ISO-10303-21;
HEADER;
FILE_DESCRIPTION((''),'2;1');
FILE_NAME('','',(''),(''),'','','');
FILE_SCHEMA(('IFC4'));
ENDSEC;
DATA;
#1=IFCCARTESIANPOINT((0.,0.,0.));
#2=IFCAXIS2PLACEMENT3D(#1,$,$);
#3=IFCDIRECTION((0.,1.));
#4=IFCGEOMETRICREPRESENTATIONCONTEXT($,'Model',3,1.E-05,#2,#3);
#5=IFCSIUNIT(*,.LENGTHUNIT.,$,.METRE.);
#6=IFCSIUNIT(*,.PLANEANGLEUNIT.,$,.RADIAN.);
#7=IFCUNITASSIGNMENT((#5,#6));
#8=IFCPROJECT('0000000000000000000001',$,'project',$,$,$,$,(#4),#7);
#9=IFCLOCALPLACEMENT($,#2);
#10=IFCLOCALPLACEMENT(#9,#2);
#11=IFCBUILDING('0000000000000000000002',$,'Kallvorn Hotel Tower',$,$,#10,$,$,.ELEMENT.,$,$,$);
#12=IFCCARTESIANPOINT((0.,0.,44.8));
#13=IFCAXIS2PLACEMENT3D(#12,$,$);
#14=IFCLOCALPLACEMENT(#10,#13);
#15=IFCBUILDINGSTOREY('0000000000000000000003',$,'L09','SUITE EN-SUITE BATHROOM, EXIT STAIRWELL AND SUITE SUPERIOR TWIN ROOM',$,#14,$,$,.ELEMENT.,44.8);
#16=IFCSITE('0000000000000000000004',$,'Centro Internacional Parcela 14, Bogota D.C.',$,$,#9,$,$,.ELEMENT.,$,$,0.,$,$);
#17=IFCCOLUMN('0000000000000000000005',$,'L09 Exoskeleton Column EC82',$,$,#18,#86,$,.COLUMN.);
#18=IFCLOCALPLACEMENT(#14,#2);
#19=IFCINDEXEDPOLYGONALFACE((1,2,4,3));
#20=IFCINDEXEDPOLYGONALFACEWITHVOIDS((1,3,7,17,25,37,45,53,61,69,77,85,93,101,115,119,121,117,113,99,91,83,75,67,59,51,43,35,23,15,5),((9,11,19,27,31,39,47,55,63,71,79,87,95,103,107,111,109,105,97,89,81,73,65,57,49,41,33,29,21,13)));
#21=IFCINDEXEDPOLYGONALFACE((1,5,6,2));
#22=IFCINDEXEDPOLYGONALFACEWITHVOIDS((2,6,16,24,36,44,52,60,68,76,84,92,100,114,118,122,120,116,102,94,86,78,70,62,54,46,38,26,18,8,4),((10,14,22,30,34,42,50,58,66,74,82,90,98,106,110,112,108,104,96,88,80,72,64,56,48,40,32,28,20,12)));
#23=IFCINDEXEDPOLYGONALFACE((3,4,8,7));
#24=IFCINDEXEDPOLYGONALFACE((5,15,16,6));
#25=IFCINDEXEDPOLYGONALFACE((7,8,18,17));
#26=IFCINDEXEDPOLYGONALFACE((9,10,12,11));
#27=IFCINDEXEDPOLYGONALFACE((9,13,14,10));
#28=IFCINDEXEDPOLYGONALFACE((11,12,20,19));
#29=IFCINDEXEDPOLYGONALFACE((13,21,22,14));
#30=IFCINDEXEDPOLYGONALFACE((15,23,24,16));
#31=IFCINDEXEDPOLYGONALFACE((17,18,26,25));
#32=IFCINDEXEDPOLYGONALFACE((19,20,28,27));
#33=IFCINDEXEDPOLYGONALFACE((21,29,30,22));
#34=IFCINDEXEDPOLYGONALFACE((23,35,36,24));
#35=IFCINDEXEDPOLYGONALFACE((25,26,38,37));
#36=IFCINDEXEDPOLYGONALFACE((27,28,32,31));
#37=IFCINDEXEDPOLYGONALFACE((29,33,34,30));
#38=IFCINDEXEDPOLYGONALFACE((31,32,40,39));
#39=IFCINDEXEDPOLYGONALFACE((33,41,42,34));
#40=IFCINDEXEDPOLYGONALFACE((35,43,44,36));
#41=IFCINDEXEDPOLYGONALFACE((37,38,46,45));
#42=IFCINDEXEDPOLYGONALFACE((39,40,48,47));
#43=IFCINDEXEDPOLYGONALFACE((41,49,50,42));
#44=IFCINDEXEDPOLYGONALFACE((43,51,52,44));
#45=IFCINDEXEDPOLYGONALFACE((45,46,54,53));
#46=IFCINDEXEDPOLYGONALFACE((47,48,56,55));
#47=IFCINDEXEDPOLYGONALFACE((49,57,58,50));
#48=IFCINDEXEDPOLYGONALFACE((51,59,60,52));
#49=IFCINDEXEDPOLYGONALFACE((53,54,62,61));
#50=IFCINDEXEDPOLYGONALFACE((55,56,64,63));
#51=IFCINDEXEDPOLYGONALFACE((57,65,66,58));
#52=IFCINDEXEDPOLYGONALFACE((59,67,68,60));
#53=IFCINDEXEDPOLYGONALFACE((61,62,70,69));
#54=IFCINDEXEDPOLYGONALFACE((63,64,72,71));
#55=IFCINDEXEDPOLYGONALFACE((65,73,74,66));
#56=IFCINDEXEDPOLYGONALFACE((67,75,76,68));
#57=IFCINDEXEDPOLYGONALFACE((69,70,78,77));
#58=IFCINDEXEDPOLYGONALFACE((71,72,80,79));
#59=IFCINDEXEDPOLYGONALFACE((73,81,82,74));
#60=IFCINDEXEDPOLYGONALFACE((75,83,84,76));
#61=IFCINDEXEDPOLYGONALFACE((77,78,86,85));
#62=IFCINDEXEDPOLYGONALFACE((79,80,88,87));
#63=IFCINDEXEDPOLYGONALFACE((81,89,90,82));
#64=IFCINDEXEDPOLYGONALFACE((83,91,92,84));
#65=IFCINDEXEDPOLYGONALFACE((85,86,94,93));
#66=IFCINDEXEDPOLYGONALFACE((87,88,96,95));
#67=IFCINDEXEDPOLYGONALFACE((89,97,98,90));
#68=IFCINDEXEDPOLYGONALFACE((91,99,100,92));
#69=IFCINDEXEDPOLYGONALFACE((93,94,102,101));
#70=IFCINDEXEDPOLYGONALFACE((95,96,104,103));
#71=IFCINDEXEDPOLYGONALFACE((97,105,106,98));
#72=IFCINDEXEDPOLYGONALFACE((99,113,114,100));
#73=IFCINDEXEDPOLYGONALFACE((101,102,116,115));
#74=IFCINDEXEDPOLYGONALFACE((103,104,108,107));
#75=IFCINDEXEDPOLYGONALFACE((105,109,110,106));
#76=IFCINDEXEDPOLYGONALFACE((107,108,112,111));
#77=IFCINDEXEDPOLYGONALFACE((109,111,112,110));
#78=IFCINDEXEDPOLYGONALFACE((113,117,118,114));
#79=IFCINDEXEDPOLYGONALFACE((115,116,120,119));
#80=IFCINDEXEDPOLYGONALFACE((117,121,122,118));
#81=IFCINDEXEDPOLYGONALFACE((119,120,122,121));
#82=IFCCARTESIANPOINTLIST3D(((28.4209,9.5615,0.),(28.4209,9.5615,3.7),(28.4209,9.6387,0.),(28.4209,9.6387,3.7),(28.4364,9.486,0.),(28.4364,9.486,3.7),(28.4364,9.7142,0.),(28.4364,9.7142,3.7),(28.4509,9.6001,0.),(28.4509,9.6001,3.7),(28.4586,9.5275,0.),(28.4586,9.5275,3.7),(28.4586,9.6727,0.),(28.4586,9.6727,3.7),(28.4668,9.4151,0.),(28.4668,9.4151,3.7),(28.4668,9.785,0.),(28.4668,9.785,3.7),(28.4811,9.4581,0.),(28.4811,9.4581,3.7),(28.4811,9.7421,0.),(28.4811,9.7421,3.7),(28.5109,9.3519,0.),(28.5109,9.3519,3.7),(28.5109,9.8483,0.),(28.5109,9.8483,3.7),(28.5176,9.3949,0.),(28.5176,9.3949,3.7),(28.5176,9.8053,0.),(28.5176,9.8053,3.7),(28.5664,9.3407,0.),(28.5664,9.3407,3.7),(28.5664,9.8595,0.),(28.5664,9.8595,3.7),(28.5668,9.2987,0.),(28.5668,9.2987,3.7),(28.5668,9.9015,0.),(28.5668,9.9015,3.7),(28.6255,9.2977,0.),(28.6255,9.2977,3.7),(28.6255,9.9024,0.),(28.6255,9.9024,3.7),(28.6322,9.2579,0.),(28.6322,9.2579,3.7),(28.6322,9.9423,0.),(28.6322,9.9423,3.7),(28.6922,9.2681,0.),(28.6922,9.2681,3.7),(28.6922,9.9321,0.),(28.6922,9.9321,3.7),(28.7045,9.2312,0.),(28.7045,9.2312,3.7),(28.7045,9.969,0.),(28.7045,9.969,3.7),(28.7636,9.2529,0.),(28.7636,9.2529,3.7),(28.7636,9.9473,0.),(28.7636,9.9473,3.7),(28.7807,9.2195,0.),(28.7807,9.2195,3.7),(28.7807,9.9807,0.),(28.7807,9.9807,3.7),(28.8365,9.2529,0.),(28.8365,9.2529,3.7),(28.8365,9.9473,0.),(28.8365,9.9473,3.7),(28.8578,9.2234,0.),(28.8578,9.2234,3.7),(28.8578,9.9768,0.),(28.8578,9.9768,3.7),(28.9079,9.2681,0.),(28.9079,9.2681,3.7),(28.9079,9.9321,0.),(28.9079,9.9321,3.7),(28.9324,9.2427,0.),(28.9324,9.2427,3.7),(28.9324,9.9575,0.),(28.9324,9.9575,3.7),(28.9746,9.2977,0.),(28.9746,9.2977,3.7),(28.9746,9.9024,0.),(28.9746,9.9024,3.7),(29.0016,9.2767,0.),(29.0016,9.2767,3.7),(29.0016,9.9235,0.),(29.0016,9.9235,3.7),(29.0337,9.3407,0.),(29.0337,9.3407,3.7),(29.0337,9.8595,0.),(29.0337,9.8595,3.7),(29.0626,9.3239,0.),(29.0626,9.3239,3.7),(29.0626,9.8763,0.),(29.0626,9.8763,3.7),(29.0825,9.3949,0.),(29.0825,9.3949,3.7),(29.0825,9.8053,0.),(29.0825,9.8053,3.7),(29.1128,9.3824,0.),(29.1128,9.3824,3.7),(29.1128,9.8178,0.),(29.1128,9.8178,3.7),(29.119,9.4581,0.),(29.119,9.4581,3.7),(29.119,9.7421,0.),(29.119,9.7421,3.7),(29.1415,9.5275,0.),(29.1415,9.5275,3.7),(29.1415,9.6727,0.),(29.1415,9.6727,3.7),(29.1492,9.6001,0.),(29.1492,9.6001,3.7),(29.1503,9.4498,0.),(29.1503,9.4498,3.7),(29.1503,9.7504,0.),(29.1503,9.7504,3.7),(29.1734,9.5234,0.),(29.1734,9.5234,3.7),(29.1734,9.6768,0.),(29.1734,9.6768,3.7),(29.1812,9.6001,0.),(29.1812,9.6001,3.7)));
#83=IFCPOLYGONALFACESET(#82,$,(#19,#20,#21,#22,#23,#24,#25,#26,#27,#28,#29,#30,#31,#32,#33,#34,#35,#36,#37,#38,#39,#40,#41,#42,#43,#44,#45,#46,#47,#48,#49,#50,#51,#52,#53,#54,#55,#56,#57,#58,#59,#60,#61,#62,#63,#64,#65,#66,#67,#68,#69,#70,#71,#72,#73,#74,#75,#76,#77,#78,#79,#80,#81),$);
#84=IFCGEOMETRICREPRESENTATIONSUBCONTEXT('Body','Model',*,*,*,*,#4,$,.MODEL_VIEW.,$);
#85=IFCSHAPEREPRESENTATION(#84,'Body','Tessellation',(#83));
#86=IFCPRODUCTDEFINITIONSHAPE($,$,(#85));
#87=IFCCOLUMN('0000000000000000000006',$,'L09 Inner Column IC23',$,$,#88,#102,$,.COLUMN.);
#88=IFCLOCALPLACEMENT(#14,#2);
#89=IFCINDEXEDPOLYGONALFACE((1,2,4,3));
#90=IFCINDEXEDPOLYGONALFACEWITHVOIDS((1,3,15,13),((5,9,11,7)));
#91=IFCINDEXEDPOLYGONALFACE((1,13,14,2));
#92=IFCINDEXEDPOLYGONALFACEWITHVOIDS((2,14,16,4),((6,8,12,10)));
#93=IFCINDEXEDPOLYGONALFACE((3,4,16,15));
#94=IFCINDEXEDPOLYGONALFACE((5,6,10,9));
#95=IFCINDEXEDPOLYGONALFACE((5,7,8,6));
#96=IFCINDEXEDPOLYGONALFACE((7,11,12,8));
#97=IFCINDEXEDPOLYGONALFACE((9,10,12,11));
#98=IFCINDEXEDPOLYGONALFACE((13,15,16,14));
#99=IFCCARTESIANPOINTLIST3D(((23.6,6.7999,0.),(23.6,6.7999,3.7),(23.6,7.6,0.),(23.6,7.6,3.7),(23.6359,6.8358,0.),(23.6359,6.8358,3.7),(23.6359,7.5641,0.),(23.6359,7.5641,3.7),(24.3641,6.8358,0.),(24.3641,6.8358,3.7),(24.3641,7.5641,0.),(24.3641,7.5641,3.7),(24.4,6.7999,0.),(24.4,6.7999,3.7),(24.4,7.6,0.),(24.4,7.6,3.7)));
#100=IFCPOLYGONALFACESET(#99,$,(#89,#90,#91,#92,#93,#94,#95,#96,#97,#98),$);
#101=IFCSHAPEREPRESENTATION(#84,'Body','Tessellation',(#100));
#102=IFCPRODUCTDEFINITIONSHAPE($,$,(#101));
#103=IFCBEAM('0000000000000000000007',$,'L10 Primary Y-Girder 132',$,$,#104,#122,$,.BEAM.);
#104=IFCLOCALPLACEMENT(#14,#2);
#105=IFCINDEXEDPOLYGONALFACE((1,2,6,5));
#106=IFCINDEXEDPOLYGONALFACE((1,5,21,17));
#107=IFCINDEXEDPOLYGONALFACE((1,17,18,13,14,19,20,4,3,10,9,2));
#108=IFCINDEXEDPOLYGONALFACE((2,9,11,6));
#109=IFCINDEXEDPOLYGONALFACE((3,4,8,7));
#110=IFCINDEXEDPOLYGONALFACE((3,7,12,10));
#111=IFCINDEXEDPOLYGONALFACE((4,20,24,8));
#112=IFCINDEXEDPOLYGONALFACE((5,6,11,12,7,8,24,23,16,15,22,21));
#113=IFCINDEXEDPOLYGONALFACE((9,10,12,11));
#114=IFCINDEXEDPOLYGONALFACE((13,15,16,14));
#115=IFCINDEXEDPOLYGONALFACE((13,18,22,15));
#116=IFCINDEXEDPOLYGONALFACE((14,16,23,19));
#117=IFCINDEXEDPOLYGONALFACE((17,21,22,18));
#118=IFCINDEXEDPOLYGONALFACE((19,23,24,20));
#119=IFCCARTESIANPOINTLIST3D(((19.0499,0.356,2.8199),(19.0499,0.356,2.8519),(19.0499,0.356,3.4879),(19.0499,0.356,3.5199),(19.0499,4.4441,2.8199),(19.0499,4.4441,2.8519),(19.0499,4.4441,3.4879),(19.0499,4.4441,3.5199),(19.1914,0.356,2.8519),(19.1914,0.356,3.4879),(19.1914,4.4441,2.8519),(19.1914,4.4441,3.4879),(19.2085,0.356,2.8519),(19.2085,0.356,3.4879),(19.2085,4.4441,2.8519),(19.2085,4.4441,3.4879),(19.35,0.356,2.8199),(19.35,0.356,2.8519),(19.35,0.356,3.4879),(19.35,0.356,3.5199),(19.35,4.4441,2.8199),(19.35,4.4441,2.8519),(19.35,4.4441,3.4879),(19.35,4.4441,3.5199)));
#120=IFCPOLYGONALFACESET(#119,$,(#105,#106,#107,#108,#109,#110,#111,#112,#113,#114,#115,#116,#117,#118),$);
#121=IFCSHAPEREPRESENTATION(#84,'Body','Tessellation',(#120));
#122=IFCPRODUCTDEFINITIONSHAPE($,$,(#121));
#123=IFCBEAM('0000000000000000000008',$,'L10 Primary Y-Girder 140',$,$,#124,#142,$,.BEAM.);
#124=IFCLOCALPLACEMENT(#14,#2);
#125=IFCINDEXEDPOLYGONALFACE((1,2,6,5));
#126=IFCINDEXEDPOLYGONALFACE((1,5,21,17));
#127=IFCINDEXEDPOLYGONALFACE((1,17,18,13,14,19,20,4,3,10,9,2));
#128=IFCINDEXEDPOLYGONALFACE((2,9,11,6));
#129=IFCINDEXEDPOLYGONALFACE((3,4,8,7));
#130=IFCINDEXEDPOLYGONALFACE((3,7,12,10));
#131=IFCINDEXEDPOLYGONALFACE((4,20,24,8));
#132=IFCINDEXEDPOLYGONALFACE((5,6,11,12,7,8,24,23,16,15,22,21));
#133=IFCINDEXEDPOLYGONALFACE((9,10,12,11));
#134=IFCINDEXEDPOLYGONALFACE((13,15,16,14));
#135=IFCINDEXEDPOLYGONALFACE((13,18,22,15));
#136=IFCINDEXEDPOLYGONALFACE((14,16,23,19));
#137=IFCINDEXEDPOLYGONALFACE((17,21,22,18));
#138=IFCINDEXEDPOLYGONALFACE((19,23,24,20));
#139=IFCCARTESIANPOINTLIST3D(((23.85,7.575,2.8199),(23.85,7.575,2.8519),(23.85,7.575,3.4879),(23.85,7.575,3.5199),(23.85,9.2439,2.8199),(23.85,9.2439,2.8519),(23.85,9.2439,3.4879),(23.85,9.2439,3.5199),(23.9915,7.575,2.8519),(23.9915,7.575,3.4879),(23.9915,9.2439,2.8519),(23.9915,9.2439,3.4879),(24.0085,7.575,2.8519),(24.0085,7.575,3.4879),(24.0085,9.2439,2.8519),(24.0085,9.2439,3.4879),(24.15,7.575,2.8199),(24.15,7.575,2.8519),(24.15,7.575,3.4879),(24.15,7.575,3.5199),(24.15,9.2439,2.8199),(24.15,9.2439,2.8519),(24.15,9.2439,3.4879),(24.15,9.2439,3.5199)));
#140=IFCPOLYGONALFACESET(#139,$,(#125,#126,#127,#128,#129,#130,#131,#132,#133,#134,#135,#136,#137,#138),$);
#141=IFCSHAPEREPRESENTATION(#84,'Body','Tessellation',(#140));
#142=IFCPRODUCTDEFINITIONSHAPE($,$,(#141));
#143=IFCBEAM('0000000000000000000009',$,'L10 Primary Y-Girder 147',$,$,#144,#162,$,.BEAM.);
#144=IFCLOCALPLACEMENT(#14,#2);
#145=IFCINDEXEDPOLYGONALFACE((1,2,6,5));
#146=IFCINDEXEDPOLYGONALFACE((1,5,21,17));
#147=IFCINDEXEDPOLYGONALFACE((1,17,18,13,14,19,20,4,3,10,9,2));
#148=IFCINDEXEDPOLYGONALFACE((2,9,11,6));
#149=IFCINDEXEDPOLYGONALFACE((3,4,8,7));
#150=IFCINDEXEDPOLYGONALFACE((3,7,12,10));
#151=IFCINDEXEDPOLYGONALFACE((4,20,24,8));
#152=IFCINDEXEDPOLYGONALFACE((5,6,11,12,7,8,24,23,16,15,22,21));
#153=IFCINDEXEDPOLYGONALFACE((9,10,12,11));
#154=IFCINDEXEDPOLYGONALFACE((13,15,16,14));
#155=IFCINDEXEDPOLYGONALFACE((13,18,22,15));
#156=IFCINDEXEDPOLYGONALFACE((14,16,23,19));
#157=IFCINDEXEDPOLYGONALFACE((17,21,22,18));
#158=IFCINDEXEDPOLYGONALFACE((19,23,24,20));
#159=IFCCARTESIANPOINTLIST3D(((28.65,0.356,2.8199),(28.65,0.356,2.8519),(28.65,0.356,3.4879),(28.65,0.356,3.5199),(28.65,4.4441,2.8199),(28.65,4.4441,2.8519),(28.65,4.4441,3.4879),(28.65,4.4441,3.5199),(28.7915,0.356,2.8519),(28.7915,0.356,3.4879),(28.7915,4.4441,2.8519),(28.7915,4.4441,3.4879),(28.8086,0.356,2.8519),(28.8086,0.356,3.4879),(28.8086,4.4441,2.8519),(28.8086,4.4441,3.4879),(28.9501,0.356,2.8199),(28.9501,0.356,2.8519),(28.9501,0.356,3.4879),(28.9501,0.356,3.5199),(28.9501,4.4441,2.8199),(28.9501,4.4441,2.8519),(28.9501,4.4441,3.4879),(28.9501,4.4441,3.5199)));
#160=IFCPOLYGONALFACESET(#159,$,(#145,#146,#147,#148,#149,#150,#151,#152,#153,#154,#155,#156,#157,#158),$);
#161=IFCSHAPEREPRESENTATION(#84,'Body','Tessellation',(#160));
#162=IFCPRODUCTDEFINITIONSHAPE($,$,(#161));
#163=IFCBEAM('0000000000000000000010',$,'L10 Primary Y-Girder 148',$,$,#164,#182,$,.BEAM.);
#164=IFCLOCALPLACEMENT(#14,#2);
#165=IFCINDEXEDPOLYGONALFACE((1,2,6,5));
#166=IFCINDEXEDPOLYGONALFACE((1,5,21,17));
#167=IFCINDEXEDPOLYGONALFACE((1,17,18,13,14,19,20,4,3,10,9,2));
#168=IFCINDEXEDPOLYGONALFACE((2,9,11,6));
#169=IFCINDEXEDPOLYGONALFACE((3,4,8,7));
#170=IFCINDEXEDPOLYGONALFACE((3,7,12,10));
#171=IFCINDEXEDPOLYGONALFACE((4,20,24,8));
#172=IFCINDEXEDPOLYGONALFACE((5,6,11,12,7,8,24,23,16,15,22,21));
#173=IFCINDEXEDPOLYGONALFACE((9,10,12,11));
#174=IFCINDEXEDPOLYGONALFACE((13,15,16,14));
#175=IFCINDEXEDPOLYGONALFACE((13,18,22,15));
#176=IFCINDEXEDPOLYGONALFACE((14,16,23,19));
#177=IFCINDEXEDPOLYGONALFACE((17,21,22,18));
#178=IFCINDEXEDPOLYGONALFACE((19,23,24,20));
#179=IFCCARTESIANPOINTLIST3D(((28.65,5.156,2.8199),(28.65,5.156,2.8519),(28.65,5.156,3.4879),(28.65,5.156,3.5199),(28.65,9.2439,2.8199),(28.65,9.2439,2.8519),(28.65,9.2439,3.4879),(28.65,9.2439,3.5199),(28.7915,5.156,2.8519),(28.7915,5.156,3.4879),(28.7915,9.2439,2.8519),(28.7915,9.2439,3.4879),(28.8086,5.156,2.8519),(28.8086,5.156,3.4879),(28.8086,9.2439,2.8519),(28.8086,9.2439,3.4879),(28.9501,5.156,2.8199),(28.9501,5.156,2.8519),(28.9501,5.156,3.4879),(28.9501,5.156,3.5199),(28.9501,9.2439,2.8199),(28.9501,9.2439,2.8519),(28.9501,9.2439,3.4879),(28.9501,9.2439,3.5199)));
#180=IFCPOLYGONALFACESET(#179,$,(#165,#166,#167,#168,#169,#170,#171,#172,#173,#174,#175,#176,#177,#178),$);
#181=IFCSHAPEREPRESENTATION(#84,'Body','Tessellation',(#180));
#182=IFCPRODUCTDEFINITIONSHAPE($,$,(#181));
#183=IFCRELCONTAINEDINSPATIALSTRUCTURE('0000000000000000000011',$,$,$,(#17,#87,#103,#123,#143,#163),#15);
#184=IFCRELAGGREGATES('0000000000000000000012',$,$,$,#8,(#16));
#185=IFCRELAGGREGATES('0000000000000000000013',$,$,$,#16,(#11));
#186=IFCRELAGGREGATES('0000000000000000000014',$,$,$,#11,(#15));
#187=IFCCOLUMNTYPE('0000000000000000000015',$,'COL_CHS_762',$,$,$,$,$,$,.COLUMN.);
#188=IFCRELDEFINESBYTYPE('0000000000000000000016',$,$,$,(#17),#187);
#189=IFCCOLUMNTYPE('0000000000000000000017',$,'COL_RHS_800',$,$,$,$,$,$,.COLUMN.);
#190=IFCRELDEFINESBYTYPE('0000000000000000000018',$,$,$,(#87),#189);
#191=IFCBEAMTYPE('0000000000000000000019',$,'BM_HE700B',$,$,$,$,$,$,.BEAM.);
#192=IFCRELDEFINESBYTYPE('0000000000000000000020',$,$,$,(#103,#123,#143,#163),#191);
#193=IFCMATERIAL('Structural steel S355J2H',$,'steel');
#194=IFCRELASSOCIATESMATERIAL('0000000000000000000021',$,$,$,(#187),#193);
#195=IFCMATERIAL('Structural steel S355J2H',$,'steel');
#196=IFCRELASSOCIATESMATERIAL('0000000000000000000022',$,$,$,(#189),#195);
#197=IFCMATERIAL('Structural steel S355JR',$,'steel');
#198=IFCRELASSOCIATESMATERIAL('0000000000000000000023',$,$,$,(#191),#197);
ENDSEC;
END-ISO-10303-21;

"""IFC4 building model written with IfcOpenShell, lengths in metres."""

from ifc_helpers import new_model, si_unit, direction, frame, origin, origin_2d, place, context, subcontext, project, spatial, hollow_rectangle, hollow_circle, i_section, extrude, material, material_profile, profile_set, type_object, element, save


model = new_model("IFC4")

# Units and contexts
model_context = context("Model", 3, precision=1e-05, world=origin(), true_north=direction((0.0, 1.0)))
body_context = subcontext(model_context, "Body", "Model", "MODEL_VIEW")
ifc_project = project(units=[si_unit("LENGTHUNIT", "METRE"), si_unit("PLANEANGLEUNIT", "RADIAN")], contexts=[model_context])

# Site, building, storey
site_placement = place(None, origin())
site = spatial("IfcSite", under=ifc_project, at=site_placement, Name="Centro Internacional Parcela 14, Bogota D.C.", CompositionType="ELEMENT", RefElevation=0.0)
building_placement = place(site_placement, origin())
building = spatial("IfcBuilding", under=site, at=building_placement, Name="Kallvorn Hotel Tower", CompositionType="ELEMENT")
storey_placement = place(building_placement, frame((0.0, 0.0, 44.8)))
storey = spatial("IfcBuildingStorey", under=building, at=storey_placement, Name="L09", Description="SUITE EN-SUITE BATHROOM, EXIT STAIRWELL AND SUITE SUPERIOR TWIN ROOM", CompositionType="ELEMENT", Elevation=44.8)

# Columns
ifc_material_1 = material(Name="Structural steel S355J2H", Category="steel")
ifc_material_profile_1 = material_profile(ifc_material_1, hollow_circle(Radius=0.3811, WallThickness=0.032, at=origin_2d()), Name="CHS 762x32")
ifc_profile_set_1 = profile_set([ifc_material_profile_1], Name="Structural steel S355J2H")
column_type_1 = type_object("IfcColumnType", Name="COL_CHS_762", PredefinedType="COLUMN", material=ifc_profile_set_1)
for number, where, z_axis, x_axis, name in (
    (1, (28.8, 9.6001, 0.0), (0.0, 0.0, 1.0), (1.0, 0.0, 0.0), "L09 Exoskeleton Column EC82"),
):
    element("IfcColumn", number, at=place(storey_placement, frame(where, z_axis=z_axis, x_axis=x_axis)), inside=storey, type_object=column_type_1, Name=name, PredefinedType="COLUMN", context=body_context, shape_type="SweptSolid", body=[
        extrude(hollow_circle(Radius=0.3811, WallThickness=0.032, at=origin_2d()), origin(), (0.0, 0.0, 1.0), 3.7),
    ])
ifc_material_2 = material(Name="Structural steel S355J2H", Category="steel")
ifc_material_profile_2 = material_profile(ifc_material_2, hollow_rectangle(XDim=0.8, YDim=0.8, WallThickness=0.0359, at=origin_2d()), Name="RHS 800x800x36")
ifc_profile_set_2 = profile_set([ifc_material_profile_2], Name="Structural steel S355J2H")
column_type_2 = type_object("IfcColumnType", Name="COL_RHS_800", PredefinedType="COLUMN", material=ifc_profile_set_2)
column_placement = place(storey_placement, frame((24.0, 7.2, 0.0), z_axis=(0.0, 0.0, 1.0), x_axis=(1.0, 0.0, 0.0)))
element("IfcColumn", 2, at=column_placement, inside=storey, type_object=column_type_2, Name="L09 Inner Column IC23", PredefinedType="COLUMN", context=body_context, shape_type="SweptSolid", body=[
    extrude(hollow_rectangle(XDim=0.8, YDim=0.8, WallThickness=0.0359, at=origin_2d()), origin(), (0.0, 0.0, 1.0), 3.7),
])

# Beams
ifc_material_3 = material(Name="Structural steel S355JR", Category="steel")
ifc_material_profile_3 = material_profile(ifc_material_3, i_section(OverallWidth=0.3, OverallDepth=0.7, WebThickness=0.0171, FlangeThickness=0.032, at=origin_2d()), Name="HE 700 B")
ifc_profile_set_3 = profile_set([ifc_material_profile_3], Name="Structural steel S355JR")
beam_type_1 = type_object("IfcBeamType", Name="BM_HE700B", PredefinedType="BEAM", material=ifc_profile_set_3)
beam_1_placement = place(storey_placement, frame((19.2, 0.356, 3.1699), z_axis=(0.0, 1.0, 0.0), x_axis=(-1.0, 0.0, 0.0)))
element("IfcBeam", 3, at=beam_1_placement, inside=storey, type_object=beam_type_1, Name="L10 Primary Y-Girder 132", PredefinedType="BEAM", context=body_context, shape_type="SweptSolid", body=[
    extrude(i_section(OverallWidth=0.3, OverallDepth=0.7, WebThickness=0.0171, FlangeThickness=0.032, at=origin_2d()), origin(), (0.0, 0.0, 1.0), 4.0881),
])
beam_2_placement = place(storey_placement, frame((24.0, 7.575, 3.1699), z_axis=(0.0, 1.0, 0.0), x_axis=(-1.0, 0.0, 0.0)))
element("IfcBeam", 4, at=beam_2_placement, inside=storey, type_object=beam_type_1, Name="L10 Primary Y-Girder 140", PredefinedType="BEAM", context=body_context, shape_type="SweptSolid", body=[
    extrude(i_section(OverallWidth=0.3, OverallDepth=0.7, WebThickness=0.0171, FlangeThickness=0.032, at=origin_2d()), origin(), (0.0, 0.0, 1.0), 1.6689),
])
beam_3_placement = place(storey_placement, frame((28.8, 0.356, 3.1699), z_axis=(0.0, 1.0, 0.0), x_axis=(-1.0, 0.0, 0.0)))
element("IfcBeam", 5, at=beam_3_placement, inside=storey, type_object=beam_type_1, Name="L10 Primary Y-Girder 147", PredefinedType="BEAM", context=body_context, shape_type="SweptSolid", body=[
    extrude(i_section(OverallWidth=0.3, OverallDepth=0.7, WebThickness=0.0171, FlangeThickness=0.032, at=origin_2d()), origin(), (0.0, 0.0, 1.0), 4.0881),
])
beam_4_placement = place(storey_placement, frame((28.8, 5.156, 3.1699), z_axis=(0.0, 1.0, 0.0), x_axis=(-1.0, 0.0, 0.0)))
element("IfcBeam", 6, at=beam_4_placement, inside=storey, type_object=beam_type_1, Name="L10 Primary Y-Girder 148", PredefinedType="BEAM", context=body_context, shape_type="SweptSolid", body=[
    extrude(i_section(OverallWidth=0.3, OverallDepth=0.7, WebThickness=0.0171, FlangeThickness=0.032, at=origin_2d()), origin(), (0.0, 0.0, 1.0), 4.0879),
])

save(model, "model.ifc")
